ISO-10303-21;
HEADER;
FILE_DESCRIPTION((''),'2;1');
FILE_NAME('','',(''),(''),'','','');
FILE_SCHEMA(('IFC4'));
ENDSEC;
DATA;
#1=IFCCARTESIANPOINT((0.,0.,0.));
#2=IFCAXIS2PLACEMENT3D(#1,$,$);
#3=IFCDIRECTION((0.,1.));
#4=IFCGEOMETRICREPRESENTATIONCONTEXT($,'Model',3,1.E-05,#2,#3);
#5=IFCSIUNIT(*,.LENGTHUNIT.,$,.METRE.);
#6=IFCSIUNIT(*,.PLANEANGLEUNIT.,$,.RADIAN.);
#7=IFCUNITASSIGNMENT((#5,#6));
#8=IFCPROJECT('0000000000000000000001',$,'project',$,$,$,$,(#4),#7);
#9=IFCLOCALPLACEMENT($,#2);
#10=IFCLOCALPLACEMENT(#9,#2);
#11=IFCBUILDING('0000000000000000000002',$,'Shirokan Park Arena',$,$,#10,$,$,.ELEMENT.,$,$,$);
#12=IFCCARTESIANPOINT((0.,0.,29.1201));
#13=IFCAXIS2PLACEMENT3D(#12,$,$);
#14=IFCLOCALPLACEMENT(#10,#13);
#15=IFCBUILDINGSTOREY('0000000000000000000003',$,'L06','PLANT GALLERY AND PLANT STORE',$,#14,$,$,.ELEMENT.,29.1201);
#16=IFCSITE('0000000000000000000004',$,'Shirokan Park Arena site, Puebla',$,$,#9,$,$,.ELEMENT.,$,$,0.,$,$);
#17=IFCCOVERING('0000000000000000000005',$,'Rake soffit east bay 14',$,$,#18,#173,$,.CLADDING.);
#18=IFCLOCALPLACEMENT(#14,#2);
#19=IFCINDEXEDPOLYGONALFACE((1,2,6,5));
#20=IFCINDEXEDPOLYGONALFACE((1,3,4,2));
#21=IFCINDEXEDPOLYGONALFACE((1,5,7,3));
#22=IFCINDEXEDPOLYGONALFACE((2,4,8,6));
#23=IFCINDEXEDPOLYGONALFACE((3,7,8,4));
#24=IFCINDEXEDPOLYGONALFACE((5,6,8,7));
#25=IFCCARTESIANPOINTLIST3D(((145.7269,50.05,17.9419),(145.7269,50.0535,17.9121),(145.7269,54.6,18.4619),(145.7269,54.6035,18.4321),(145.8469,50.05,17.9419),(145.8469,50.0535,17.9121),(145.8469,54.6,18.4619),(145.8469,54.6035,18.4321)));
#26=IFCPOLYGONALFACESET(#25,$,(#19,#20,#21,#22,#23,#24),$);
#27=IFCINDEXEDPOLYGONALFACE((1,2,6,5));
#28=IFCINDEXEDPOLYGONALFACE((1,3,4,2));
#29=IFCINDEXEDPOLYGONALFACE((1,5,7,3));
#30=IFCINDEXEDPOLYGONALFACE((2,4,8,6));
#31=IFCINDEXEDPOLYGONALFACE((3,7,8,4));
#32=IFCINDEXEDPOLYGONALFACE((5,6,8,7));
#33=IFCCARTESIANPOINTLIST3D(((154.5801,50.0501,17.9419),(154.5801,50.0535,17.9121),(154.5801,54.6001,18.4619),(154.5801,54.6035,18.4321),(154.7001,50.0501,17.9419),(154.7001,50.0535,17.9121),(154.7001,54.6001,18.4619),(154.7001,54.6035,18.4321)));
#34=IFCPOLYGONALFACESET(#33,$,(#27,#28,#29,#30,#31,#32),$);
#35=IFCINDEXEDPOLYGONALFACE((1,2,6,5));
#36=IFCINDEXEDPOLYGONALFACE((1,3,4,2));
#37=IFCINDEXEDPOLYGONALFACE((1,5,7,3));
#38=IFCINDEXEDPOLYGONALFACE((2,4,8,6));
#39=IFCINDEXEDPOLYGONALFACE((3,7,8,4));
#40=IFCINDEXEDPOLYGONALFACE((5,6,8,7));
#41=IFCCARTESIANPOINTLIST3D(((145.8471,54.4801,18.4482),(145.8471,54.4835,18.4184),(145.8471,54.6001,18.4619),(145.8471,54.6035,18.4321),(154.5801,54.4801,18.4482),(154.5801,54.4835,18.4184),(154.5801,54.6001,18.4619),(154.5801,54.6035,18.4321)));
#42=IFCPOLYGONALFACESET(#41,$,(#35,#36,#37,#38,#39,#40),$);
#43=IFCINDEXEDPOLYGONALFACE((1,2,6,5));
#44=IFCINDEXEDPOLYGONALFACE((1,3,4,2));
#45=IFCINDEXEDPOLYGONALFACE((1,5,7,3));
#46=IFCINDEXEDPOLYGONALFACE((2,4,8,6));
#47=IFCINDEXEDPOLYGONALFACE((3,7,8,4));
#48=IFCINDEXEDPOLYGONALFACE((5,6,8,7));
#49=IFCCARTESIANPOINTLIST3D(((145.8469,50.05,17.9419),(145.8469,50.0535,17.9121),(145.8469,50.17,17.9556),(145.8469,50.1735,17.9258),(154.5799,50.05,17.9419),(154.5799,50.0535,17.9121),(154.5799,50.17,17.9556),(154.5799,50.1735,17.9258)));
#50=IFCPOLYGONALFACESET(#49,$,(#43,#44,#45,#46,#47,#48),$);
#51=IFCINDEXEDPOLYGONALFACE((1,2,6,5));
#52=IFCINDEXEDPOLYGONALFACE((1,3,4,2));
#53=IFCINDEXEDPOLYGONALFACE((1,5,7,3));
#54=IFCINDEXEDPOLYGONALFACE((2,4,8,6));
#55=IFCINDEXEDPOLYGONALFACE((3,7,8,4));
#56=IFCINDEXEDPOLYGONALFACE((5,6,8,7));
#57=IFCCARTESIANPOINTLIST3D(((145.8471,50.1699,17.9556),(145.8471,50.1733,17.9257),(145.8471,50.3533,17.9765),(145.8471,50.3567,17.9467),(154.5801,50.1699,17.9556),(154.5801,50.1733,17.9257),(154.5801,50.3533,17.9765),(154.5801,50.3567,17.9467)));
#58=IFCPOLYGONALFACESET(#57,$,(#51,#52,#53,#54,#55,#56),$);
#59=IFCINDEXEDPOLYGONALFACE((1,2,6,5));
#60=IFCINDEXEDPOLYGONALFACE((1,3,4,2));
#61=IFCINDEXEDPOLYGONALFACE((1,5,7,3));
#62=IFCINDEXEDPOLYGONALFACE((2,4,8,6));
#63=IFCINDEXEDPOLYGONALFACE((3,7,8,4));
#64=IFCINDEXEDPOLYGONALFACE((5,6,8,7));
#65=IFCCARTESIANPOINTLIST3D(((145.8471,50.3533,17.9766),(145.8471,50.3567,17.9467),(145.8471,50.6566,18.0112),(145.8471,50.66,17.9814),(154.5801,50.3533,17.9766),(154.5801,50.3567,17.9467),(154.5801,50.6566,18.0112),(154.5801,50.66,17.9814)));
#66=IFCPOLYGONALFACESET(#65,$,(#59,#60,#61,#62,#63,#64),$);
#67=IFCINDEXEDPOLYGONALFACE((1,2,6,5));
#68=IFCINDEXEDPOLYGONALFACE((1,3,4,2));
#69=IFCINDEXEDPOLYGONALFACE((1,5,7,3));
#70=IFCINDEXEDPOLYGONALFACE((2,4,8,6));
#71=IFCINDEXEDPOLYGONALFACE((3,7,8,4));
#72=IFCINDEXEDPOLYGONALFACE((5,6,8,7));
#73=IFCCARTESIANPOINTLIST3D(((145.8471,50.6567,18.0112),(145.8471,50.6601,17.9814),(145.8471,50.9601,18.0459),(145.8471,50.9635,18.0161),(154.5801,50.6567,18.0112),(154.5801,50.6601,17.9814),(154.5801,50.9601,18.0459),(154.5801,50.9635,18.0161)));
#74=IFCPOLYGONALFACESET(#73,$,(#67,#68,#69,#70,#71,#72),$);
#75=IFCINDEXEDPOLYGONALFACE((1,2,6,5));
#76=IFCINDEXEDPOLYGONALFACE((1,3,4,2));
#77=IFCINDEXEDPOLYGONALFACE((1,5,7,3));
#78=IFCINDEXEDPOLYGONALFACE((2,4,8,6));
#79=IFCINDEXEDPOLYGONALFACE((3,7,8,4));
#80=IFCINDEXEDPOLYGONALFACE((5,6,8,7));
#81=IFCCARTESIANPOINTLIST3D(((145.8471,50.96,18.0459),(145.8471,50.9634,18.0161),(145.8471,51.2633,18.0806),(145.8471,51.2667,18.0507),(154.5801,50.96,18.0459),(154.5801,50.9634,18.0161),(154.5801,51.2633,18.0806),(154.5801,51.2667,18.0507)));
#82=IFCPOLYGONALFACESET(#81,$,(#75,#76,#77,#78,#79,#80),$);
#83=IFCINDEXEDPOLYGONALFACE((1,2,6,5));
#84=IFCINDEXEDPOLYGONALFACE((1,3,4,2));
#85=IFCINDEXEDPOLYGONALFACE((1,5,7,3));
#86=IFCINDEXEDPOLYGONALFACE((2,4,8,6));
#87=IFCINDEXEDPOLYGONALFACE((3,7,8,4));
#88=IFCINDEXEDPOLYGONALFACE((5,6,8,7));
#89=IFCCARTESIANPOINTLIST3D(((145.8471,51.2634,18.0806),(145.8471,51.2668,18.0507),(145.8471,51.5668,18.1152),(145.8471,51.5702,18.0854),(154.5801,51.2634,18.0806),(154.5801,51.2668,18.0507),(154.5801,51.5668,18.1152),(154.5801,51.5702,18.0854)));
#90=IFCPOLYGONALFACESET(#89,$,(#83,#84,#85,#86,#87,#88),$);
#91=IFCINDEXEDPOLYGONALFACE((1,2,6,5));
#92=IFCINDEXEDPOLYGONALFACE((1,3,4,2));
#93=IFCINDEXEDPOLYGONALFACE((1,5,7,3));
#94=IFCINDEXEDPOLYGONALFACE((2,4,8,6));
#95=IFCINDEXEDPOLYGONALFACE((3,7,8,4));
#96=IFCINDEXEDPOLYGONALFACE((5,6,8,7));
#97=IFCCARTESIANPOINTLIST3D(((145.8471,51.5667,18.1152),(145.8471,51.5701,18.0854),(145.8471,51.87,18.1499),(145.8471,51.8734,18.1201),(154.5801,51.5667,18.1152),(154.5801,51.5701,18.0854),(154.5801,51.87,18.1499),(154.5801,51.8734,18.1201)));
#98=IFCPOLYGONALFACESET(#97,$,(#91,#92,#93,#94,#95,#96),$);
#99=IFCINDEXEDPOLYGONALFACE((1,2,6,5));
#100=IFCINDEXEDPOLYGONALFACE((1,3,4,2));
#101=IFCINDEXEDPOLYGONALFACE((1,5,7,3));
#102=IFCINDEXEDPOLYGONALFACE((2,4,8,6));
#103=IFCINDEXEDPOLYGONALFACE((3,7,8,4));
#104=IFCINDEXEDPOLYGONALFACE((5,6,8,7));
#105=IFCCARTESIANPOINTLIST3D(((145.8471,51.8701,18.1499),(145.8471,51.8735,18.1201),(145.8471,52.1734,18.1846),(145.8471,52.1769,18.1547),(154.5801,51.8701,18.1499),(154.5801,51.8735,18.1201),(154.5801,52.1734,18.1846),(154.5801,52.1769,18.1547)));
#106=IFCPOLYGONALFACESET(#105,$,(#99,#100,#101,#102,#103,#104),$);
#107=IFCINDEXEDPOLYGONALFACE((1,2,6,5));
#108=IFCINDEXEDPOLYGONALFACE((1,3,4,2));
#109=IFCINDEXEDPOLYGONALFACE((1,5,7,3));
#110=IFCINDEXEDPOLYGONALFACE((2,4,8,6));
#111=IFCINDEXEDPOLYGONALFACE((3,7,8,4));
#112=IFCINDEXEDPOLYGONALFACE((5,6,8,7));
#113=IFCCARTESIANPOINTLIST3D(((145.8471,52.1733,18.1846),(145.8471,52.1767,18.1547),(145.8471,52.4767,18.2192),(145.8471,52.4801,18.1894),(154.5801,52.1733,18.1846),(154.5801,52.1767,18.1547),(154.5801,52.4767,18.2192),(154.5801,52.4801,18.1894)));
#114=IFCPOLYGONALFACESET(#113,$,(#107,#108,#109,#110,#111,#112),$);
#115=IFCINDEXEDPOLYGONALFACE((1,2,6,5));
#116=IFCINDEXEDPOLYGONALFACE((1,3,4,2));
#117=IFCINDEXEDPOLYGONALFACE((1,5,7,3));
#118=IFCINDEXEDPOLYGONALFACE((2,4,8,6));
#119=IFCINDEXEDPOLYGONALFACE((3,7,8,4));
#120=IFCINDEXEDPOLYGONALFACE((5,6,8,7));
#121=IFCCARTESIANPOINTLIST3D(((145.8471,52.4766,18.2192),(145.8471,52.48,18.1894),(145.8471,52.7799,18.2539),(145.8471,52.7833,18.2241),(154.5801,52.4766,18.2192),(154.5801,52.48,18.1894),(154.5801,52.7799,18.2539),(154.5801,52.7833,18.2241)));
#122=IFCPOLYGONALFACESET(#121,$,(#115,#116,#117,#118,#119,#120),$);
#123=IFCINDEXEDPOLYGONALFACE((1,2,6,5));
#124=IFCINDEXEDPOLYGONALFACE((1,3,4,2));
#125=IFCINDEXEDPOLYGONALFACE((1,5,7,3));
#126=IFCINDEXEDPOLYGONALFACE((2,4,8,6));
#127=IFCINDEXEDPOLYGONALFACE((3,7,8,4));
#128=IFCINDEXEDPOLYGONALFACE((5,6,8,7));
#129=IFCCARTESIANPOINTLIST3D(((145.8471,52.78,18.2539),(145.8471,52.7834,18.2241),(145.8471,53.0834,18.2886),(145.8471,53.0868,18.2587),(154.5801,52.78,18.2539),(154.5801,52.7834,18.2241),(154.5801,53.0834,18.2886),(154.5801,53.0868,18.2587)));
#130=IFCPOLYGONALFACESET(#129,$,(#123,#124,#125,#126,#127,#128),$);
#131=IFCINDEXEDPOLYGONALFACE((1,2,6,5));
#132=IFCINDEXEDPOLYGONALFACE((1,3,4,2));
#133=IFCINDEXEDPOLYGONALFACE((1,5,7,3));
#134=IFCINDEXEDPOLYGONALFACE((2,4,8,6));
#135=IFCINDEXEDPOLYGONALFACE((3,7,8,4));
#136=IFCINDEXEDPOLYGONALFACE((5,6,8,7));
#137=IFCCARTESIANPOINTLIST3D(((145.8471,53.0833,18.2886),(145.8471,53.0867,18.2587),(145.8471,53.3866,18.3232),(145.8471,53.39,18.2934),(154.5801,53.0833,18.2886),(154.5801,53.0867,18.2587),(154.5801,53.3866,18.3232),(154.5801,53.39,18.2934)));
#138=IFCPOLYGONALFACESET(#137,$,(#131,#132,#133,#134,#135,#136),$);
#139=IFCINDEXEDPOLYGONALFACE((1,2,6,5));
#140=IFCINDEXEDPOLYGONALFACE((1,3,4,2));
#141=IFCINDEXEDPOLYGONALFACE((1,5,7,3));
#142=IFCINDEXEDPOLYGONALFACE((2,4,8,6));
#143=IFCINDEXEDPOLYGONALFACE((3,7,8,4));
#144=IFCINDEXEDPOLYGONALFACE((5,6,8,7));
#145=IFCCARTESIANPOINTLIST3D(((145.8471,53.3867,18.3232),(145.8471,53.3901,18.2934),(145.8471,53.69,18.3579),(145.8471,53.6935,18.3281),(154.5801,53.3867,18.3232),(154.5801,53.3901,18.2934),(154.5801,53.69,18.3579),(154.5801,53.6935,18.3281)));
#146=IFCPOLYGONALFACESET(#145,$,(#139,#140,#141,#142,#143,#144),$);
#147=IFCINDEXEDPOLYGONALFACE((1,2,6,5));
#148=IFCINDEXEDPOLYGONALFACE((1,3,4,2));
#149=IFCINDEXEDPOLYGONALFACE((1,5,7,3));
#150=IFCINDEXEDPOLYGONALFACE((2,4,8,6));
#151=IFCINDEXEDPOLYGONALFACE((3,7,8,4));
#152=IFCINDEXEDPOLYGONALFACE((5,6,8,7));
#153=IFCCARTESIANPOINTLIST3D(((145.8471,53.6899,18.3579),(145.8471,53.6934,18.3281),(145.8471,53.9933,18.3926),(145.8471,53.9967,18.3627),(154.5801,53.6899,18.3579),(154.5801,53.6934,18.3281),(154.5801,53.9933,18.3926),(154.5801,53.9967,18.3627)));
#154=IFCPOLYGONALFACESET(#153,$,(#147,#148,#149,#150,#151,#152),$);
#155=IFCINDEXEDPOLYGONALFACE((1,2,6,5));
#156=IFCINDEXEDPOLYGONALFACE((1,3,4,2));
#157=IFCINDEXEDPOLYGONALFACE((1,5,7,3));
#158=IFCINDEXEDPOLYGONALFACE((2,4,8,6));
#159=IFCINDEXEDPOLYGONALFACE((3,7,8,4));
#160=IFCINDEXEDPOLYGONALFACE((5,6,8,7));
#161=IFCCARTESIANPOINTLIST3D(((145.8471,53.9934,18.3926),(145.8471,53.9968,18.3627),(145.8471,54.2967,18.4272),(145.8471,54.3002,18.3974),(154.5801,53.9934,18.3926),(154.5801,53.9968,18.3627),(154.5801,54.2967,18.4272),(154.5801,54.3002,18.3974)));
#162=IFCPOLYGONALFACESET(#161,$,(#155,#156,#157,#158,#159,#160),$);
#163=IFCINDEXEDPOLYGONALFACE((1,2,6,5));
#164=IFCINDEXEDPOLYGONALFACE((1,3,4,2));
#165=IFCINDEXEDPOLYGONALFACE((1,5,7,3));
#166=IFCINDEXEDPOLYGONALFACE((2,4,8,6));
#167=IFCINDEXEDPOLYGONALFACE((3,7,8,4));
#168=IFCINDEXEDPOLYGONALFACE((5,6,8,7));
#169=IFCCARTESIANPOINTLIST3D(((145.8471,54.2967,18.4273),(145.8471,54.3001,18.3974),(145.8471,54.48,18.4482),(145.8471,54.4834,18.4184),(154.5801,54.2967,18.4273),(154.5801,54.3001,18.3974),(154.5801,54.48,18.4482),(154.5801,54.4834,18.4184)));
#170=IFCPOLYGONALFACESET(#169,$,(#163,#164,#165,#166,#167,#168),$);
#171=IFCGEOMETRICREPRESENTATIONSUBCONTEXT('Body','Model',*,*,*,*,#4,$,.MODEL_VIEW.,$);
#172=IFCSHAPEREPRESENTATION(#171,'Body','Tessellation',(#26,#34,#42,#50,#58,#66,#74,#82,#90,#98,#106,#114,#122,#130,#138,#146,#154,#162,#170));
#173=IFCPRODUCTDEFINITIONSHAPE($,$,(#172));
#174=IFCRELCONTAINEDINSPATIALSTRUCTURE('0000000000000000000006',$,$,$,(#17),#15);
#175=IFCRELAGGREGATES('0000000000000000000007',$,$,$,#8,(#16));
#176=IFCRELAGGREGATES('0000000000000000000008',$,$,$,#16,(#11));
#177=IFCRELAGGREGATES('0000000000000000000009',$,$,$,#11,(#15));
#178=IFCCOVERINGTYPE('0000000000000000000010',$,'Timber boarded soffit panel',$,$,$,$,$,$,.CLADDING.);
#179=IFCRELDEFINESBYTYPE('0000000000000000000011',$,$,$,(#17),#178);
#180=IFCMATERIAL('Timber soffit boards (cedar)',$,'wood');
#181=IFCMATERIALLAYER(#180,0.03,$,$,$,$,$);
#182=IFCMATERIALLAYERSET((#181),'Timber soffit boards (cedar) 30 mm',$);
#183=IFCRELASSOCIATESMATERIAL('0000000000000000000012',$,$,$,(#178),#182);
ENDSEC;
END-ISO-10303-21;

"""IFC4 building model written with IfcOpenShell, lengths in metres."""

from ifc_helpers import new_model, si_unit, direction, frame, origin, place, context, subcontext, project, spatial, polyline, outline, extrude, material, layer, layer_set, type_object, element, save


model = new_model("IFC4")

# Units and contexts
model_context = context("Model", 3, precision=1e-05, world=origin(), true_north=direction((0.0, 1.0)))
body_context = subcontext(model_context, "Body", "Model", "MODEL_VIEW")
ifc_project = project(units=[si_unit("LENGTHUNIT", "METRE"), si_unit("PLANEANGLEUNIT", "RADIAN")], contexts=[model_context])

# Site, building, storey
site_placement = place(None, origin())
site = spatial("IfcSite", under=ifc_project, at=site_placement, Name="Shirokan Park Arena site, Puebla", CompositionType="ELEMENT", RefElevation=0.0)
building_placement = place(site_placement, origin())
building = spatial("IfcBuilding", under=site, at=building_placement, Name="Shirokan Park Arena", CompositionType="ELEMENT")
storey_placement = place(building_placement, frame((0.0, 0.0, 29.1201)))
storey = spatial("IfcBuildingStorey", under=building, at=storey_placement, Name="L06", Description="PLANT GALLERY AND PLANT STORE", CompositionType="ELEMENT", Elevation=29.1201)

# Covering
ifc_material = material(Name="Timber soffit boards (cedar)", Category="wood")
ifc_layer = layer(ifc_material, 0.03)
ifc_layer_set = layer_set([ifc_layer], Name="Timber soffit boards (cedar) 30 mm")
covering_type = type_object("IfcCoveringType", Name="Timber boarded soffit panel", PredefinedType="CLADDING", material=ifc_layer_set)
covering_1_placement = place(storey_placement, origin())
element("IfcCovering", 1, at=covering_1_placement, inside=storey, type_object=covering_type, Name="Rake soffit east bay 14", PredefinedType="CLADDING", context=body_context, shape_type="SweptSolid", body=[
    extrude(outline(polyline([(0.0, 0.0), (0.12, 0.0), (0.12, -4.5796), (0.0, -4.5796), (0.0, 0.0)])), frame((145.8469, 50.05, 17.9419), z_axis=(0.0, -0.113547, 0.993533), x_axis=(-1.0, 0.0, 0.0)), (0.0, 0.0, -1.0), 0.03),
    extrude(outline(polyline([(0.0, 0.0), (0.12, 0.0), (0.12, -4.5796), (0.0, -4.5796), (0.0, 0.0)])), frame((154.5801, 54.6001, 18.4619), z_axis=(0.0, -0.113547, 0.993533), x_axis=(1.0, 0.0, 0.0)), (0.0, 0.0, -1.0), 0.03),
    extrude(outline(polyline([(0.0, 0.0), (0.1208, 0.0), (0.1208, -8.733), (0.0, -8.733), (0.0, 0.0)])), frame((154.5801, 54.6001, 18.4619), z_axis=(0.0, -0.113512, 0.993537), x_axis=(0.0, -0.993537, -0.113512)), (0.0, 0.0, -1.0), 0.03),
    extrude(outline(polyline([(0.0, 0.0), (0.1208, 0.0), (0.1208, -8.733), (0.0, -8.733), (0.0, 0.0)])), frame((145.8469, 50.05, 17.9419), z_axis=(0.0, -0.113512, 0.993537), x_axis=(0.0, 0.993537, 0.113512)), (0.0, 0.0, -1.0), 0.03),
    extrude(outline(polyline([(0.0, 0.0), (8.733, 0.0), (8.733, -0.1845), (0.0, -0.1845), (0.0, 0.0)])), frame((154.5801, 50.1699, 17.9556), z_axis=(0.0, -0.113589, 0.993528), x_axis=(-1.0, 0.0, 0.0)), (0.0, 0.0, -1.0), 0.03),
    extrude(outline(polyline([(0.0, 0.0), (8.733, 0.0), (8.733, -0.3053), (0.0, -0.3053), (0.0, 0.0)])), frame((154.5801, 50.3533, 17.9766), z_axis=(0.0, -0.113523, 0.993535), x_axis=(-1.0, 0.0, 0.0)), (0.0, 0.0, -1.0), 0.03),
    extrude(outline(polyline([(0.0, 0.0), (8.733, 0.0), (8.733, -0.3053), (0.0, -0.3053), (0.0, 0.0)])), frame((154.5801, 50.6567, 18.0112), z_axis=(0.0, -0.113559, 0.993531), x_axis=(-1.0, 0.0, 0.0)), (0.0, 0.0, -1.0), 0.03),
    extrude(outline(polyline([(0.0, 0.0), (8.733, 0.0), (8.733, -0.3053), (0.0, -0.3053), (0.0, 0.0)])), frame((154.5801, 50.96, 18.0459), z_axis=(0.0, -0.113559, 0.993531), x_axis=(-1.0, 0.0, 0.0)), (0.0, 0.0, -1.0), 0.03),
    extrude(outline(polyline([(0.0, 0.0), (8.733, 0.0), (8.733, -0.3053), (0.0, -0.3053), (0.0, 0.0)])), frame((154.5801, 51.2634, 18.0806), z_axis=(0.0, -0.113523, 0.993535), x_axis=(-1.0, 0.0, 0.0)), (0.0, 0.0, -1.0), 0.03),
    extrude(outline(polyline([(0.0, 0.0), (8.733, 0.0), (8.733, -0.3053), (0.0, -0.3053), (0.0, 0.0)])), frame((154.5801, 51.5667, 18.1152), z_axis=(0.0, -0.113559, 0.993531), x_axis=(-1.0, 0.0, 0.0)), (0.0, 0.0, -1.0), 0.03),
    extrude(outline(polyline([(0.0, 0.0), (8.733, 0.0), (8.733, -0.3053), (0.0, -0.3053), (0.0, 0.0)])), frame((154.5801, 51.8701, 18.1499), z_axis=(0.0, -0.113559, 0.993531), x_axis=(-1.0, 0.0, 0.0)), (0.0, 0.0, -1.0), 0.03),
    extrude(outline(polyline([(0.0, 0.0), (8.733, 0.0), (8.733, -0.3053), (0.0, -0.3053), (0.0, 0.0)])), frame((154.5801, 52.1733, 18.1846), z_axis=(0.0, -0.113523, 0.993535), x_axis=(-1.0, 0.0, 0.0)), (0.0, 0.0, -1.0), 0.03),
    extrude(outline(polyline([(0.0, 0.0), (8.733, 0.0), (8.733, -0.3053), (0.0, -0.3053), (0.0, 0.0)])), frame((154.5801, 52.4766, 18.2192), z_axis=(0.0, -0.113559, 0.993531), x_axis=(-1.0, 0.0, 0.0)), (0.0, 0.0, -1.0), 0.03),
    extrude(outline(polyline([(0.0, 0.0), (8.733, 0.0), (8.733, -0.3053), (0.0, -0.3053), (0.0, 0.0)])), frame((154.5801, 52.78, 18.2539), z_axis=(0.0, -0.113559, 0.993531), x_axis=(-1.0, 0.0, 0.0)), (0.0, 0.0, -1.0), 0.03),
    extrude(outline(polyline([(0.0, 0.0), (8.733, 0.0), (8.733, -0.3053), (0.0, -0.3053), (0.0, 0.0)])), frame((154.5801, 53.0833, 18.2886), z_axis=(0.0, -0.113523, 0.993535), x_axis=(-1.0, 0.0, 0.0)), (0.0, 0.0, -1.0), 0.03),
    extrude(outline(polyline([(0.0, 0.0), (8.733, 0.0), (8.733, -0.3053), (0.0, -0.3053), (0.0, 0.0)])), frame((154.5801, 53.3867, 18.3232), z_axis=(0.0, -0.113559, 0.993531), x_axis=(-1.0, 0.0, 0.0)), (0.0, 0.0, -1.0), 0.03),
    extrude(outline(polyline([(0.0, 0.0), (8.733, 0.0), (8.733, -0.3053), (0.0, -0.3053), (0.0, 0.0)])), frame((154.5801, 53.6899, 18.3579), z_axis=(0.0, -0.113559, 0.993531), x_axis=(-1.0, 0.0, 0.0)), (0.0, 0.0, -1.0), 0.03),
    extrude(outline(polyline([(0.0, 0.0), (8.733, 0.0), (8.733, -0.3053), (0.0, -0.3053), (0.0, 0.0)])), frame((154.5801, 53.9934, 18.3926), z_axis=(0.0, -0.113523, 0.993535), x_axis=(-1.0, 0.0, 0.0)), (0.0, 0.0, -1.0), 0.03),
    extrude(outline(polyline([(0.0, 0.0), (0.1845, 0.0), (0.1845, -8.733), (0.0, -8.733), (0.0, 0.0)])), frame((154.5801, 54.48, 18.4482), z_axis=(0.0, -0.113589, 0.993528), x_axis=(0.0, -0.993528, -0.113589)), (0.0, 0.0, -1.0), 0.03),
])

save(model, "model.ifc")
